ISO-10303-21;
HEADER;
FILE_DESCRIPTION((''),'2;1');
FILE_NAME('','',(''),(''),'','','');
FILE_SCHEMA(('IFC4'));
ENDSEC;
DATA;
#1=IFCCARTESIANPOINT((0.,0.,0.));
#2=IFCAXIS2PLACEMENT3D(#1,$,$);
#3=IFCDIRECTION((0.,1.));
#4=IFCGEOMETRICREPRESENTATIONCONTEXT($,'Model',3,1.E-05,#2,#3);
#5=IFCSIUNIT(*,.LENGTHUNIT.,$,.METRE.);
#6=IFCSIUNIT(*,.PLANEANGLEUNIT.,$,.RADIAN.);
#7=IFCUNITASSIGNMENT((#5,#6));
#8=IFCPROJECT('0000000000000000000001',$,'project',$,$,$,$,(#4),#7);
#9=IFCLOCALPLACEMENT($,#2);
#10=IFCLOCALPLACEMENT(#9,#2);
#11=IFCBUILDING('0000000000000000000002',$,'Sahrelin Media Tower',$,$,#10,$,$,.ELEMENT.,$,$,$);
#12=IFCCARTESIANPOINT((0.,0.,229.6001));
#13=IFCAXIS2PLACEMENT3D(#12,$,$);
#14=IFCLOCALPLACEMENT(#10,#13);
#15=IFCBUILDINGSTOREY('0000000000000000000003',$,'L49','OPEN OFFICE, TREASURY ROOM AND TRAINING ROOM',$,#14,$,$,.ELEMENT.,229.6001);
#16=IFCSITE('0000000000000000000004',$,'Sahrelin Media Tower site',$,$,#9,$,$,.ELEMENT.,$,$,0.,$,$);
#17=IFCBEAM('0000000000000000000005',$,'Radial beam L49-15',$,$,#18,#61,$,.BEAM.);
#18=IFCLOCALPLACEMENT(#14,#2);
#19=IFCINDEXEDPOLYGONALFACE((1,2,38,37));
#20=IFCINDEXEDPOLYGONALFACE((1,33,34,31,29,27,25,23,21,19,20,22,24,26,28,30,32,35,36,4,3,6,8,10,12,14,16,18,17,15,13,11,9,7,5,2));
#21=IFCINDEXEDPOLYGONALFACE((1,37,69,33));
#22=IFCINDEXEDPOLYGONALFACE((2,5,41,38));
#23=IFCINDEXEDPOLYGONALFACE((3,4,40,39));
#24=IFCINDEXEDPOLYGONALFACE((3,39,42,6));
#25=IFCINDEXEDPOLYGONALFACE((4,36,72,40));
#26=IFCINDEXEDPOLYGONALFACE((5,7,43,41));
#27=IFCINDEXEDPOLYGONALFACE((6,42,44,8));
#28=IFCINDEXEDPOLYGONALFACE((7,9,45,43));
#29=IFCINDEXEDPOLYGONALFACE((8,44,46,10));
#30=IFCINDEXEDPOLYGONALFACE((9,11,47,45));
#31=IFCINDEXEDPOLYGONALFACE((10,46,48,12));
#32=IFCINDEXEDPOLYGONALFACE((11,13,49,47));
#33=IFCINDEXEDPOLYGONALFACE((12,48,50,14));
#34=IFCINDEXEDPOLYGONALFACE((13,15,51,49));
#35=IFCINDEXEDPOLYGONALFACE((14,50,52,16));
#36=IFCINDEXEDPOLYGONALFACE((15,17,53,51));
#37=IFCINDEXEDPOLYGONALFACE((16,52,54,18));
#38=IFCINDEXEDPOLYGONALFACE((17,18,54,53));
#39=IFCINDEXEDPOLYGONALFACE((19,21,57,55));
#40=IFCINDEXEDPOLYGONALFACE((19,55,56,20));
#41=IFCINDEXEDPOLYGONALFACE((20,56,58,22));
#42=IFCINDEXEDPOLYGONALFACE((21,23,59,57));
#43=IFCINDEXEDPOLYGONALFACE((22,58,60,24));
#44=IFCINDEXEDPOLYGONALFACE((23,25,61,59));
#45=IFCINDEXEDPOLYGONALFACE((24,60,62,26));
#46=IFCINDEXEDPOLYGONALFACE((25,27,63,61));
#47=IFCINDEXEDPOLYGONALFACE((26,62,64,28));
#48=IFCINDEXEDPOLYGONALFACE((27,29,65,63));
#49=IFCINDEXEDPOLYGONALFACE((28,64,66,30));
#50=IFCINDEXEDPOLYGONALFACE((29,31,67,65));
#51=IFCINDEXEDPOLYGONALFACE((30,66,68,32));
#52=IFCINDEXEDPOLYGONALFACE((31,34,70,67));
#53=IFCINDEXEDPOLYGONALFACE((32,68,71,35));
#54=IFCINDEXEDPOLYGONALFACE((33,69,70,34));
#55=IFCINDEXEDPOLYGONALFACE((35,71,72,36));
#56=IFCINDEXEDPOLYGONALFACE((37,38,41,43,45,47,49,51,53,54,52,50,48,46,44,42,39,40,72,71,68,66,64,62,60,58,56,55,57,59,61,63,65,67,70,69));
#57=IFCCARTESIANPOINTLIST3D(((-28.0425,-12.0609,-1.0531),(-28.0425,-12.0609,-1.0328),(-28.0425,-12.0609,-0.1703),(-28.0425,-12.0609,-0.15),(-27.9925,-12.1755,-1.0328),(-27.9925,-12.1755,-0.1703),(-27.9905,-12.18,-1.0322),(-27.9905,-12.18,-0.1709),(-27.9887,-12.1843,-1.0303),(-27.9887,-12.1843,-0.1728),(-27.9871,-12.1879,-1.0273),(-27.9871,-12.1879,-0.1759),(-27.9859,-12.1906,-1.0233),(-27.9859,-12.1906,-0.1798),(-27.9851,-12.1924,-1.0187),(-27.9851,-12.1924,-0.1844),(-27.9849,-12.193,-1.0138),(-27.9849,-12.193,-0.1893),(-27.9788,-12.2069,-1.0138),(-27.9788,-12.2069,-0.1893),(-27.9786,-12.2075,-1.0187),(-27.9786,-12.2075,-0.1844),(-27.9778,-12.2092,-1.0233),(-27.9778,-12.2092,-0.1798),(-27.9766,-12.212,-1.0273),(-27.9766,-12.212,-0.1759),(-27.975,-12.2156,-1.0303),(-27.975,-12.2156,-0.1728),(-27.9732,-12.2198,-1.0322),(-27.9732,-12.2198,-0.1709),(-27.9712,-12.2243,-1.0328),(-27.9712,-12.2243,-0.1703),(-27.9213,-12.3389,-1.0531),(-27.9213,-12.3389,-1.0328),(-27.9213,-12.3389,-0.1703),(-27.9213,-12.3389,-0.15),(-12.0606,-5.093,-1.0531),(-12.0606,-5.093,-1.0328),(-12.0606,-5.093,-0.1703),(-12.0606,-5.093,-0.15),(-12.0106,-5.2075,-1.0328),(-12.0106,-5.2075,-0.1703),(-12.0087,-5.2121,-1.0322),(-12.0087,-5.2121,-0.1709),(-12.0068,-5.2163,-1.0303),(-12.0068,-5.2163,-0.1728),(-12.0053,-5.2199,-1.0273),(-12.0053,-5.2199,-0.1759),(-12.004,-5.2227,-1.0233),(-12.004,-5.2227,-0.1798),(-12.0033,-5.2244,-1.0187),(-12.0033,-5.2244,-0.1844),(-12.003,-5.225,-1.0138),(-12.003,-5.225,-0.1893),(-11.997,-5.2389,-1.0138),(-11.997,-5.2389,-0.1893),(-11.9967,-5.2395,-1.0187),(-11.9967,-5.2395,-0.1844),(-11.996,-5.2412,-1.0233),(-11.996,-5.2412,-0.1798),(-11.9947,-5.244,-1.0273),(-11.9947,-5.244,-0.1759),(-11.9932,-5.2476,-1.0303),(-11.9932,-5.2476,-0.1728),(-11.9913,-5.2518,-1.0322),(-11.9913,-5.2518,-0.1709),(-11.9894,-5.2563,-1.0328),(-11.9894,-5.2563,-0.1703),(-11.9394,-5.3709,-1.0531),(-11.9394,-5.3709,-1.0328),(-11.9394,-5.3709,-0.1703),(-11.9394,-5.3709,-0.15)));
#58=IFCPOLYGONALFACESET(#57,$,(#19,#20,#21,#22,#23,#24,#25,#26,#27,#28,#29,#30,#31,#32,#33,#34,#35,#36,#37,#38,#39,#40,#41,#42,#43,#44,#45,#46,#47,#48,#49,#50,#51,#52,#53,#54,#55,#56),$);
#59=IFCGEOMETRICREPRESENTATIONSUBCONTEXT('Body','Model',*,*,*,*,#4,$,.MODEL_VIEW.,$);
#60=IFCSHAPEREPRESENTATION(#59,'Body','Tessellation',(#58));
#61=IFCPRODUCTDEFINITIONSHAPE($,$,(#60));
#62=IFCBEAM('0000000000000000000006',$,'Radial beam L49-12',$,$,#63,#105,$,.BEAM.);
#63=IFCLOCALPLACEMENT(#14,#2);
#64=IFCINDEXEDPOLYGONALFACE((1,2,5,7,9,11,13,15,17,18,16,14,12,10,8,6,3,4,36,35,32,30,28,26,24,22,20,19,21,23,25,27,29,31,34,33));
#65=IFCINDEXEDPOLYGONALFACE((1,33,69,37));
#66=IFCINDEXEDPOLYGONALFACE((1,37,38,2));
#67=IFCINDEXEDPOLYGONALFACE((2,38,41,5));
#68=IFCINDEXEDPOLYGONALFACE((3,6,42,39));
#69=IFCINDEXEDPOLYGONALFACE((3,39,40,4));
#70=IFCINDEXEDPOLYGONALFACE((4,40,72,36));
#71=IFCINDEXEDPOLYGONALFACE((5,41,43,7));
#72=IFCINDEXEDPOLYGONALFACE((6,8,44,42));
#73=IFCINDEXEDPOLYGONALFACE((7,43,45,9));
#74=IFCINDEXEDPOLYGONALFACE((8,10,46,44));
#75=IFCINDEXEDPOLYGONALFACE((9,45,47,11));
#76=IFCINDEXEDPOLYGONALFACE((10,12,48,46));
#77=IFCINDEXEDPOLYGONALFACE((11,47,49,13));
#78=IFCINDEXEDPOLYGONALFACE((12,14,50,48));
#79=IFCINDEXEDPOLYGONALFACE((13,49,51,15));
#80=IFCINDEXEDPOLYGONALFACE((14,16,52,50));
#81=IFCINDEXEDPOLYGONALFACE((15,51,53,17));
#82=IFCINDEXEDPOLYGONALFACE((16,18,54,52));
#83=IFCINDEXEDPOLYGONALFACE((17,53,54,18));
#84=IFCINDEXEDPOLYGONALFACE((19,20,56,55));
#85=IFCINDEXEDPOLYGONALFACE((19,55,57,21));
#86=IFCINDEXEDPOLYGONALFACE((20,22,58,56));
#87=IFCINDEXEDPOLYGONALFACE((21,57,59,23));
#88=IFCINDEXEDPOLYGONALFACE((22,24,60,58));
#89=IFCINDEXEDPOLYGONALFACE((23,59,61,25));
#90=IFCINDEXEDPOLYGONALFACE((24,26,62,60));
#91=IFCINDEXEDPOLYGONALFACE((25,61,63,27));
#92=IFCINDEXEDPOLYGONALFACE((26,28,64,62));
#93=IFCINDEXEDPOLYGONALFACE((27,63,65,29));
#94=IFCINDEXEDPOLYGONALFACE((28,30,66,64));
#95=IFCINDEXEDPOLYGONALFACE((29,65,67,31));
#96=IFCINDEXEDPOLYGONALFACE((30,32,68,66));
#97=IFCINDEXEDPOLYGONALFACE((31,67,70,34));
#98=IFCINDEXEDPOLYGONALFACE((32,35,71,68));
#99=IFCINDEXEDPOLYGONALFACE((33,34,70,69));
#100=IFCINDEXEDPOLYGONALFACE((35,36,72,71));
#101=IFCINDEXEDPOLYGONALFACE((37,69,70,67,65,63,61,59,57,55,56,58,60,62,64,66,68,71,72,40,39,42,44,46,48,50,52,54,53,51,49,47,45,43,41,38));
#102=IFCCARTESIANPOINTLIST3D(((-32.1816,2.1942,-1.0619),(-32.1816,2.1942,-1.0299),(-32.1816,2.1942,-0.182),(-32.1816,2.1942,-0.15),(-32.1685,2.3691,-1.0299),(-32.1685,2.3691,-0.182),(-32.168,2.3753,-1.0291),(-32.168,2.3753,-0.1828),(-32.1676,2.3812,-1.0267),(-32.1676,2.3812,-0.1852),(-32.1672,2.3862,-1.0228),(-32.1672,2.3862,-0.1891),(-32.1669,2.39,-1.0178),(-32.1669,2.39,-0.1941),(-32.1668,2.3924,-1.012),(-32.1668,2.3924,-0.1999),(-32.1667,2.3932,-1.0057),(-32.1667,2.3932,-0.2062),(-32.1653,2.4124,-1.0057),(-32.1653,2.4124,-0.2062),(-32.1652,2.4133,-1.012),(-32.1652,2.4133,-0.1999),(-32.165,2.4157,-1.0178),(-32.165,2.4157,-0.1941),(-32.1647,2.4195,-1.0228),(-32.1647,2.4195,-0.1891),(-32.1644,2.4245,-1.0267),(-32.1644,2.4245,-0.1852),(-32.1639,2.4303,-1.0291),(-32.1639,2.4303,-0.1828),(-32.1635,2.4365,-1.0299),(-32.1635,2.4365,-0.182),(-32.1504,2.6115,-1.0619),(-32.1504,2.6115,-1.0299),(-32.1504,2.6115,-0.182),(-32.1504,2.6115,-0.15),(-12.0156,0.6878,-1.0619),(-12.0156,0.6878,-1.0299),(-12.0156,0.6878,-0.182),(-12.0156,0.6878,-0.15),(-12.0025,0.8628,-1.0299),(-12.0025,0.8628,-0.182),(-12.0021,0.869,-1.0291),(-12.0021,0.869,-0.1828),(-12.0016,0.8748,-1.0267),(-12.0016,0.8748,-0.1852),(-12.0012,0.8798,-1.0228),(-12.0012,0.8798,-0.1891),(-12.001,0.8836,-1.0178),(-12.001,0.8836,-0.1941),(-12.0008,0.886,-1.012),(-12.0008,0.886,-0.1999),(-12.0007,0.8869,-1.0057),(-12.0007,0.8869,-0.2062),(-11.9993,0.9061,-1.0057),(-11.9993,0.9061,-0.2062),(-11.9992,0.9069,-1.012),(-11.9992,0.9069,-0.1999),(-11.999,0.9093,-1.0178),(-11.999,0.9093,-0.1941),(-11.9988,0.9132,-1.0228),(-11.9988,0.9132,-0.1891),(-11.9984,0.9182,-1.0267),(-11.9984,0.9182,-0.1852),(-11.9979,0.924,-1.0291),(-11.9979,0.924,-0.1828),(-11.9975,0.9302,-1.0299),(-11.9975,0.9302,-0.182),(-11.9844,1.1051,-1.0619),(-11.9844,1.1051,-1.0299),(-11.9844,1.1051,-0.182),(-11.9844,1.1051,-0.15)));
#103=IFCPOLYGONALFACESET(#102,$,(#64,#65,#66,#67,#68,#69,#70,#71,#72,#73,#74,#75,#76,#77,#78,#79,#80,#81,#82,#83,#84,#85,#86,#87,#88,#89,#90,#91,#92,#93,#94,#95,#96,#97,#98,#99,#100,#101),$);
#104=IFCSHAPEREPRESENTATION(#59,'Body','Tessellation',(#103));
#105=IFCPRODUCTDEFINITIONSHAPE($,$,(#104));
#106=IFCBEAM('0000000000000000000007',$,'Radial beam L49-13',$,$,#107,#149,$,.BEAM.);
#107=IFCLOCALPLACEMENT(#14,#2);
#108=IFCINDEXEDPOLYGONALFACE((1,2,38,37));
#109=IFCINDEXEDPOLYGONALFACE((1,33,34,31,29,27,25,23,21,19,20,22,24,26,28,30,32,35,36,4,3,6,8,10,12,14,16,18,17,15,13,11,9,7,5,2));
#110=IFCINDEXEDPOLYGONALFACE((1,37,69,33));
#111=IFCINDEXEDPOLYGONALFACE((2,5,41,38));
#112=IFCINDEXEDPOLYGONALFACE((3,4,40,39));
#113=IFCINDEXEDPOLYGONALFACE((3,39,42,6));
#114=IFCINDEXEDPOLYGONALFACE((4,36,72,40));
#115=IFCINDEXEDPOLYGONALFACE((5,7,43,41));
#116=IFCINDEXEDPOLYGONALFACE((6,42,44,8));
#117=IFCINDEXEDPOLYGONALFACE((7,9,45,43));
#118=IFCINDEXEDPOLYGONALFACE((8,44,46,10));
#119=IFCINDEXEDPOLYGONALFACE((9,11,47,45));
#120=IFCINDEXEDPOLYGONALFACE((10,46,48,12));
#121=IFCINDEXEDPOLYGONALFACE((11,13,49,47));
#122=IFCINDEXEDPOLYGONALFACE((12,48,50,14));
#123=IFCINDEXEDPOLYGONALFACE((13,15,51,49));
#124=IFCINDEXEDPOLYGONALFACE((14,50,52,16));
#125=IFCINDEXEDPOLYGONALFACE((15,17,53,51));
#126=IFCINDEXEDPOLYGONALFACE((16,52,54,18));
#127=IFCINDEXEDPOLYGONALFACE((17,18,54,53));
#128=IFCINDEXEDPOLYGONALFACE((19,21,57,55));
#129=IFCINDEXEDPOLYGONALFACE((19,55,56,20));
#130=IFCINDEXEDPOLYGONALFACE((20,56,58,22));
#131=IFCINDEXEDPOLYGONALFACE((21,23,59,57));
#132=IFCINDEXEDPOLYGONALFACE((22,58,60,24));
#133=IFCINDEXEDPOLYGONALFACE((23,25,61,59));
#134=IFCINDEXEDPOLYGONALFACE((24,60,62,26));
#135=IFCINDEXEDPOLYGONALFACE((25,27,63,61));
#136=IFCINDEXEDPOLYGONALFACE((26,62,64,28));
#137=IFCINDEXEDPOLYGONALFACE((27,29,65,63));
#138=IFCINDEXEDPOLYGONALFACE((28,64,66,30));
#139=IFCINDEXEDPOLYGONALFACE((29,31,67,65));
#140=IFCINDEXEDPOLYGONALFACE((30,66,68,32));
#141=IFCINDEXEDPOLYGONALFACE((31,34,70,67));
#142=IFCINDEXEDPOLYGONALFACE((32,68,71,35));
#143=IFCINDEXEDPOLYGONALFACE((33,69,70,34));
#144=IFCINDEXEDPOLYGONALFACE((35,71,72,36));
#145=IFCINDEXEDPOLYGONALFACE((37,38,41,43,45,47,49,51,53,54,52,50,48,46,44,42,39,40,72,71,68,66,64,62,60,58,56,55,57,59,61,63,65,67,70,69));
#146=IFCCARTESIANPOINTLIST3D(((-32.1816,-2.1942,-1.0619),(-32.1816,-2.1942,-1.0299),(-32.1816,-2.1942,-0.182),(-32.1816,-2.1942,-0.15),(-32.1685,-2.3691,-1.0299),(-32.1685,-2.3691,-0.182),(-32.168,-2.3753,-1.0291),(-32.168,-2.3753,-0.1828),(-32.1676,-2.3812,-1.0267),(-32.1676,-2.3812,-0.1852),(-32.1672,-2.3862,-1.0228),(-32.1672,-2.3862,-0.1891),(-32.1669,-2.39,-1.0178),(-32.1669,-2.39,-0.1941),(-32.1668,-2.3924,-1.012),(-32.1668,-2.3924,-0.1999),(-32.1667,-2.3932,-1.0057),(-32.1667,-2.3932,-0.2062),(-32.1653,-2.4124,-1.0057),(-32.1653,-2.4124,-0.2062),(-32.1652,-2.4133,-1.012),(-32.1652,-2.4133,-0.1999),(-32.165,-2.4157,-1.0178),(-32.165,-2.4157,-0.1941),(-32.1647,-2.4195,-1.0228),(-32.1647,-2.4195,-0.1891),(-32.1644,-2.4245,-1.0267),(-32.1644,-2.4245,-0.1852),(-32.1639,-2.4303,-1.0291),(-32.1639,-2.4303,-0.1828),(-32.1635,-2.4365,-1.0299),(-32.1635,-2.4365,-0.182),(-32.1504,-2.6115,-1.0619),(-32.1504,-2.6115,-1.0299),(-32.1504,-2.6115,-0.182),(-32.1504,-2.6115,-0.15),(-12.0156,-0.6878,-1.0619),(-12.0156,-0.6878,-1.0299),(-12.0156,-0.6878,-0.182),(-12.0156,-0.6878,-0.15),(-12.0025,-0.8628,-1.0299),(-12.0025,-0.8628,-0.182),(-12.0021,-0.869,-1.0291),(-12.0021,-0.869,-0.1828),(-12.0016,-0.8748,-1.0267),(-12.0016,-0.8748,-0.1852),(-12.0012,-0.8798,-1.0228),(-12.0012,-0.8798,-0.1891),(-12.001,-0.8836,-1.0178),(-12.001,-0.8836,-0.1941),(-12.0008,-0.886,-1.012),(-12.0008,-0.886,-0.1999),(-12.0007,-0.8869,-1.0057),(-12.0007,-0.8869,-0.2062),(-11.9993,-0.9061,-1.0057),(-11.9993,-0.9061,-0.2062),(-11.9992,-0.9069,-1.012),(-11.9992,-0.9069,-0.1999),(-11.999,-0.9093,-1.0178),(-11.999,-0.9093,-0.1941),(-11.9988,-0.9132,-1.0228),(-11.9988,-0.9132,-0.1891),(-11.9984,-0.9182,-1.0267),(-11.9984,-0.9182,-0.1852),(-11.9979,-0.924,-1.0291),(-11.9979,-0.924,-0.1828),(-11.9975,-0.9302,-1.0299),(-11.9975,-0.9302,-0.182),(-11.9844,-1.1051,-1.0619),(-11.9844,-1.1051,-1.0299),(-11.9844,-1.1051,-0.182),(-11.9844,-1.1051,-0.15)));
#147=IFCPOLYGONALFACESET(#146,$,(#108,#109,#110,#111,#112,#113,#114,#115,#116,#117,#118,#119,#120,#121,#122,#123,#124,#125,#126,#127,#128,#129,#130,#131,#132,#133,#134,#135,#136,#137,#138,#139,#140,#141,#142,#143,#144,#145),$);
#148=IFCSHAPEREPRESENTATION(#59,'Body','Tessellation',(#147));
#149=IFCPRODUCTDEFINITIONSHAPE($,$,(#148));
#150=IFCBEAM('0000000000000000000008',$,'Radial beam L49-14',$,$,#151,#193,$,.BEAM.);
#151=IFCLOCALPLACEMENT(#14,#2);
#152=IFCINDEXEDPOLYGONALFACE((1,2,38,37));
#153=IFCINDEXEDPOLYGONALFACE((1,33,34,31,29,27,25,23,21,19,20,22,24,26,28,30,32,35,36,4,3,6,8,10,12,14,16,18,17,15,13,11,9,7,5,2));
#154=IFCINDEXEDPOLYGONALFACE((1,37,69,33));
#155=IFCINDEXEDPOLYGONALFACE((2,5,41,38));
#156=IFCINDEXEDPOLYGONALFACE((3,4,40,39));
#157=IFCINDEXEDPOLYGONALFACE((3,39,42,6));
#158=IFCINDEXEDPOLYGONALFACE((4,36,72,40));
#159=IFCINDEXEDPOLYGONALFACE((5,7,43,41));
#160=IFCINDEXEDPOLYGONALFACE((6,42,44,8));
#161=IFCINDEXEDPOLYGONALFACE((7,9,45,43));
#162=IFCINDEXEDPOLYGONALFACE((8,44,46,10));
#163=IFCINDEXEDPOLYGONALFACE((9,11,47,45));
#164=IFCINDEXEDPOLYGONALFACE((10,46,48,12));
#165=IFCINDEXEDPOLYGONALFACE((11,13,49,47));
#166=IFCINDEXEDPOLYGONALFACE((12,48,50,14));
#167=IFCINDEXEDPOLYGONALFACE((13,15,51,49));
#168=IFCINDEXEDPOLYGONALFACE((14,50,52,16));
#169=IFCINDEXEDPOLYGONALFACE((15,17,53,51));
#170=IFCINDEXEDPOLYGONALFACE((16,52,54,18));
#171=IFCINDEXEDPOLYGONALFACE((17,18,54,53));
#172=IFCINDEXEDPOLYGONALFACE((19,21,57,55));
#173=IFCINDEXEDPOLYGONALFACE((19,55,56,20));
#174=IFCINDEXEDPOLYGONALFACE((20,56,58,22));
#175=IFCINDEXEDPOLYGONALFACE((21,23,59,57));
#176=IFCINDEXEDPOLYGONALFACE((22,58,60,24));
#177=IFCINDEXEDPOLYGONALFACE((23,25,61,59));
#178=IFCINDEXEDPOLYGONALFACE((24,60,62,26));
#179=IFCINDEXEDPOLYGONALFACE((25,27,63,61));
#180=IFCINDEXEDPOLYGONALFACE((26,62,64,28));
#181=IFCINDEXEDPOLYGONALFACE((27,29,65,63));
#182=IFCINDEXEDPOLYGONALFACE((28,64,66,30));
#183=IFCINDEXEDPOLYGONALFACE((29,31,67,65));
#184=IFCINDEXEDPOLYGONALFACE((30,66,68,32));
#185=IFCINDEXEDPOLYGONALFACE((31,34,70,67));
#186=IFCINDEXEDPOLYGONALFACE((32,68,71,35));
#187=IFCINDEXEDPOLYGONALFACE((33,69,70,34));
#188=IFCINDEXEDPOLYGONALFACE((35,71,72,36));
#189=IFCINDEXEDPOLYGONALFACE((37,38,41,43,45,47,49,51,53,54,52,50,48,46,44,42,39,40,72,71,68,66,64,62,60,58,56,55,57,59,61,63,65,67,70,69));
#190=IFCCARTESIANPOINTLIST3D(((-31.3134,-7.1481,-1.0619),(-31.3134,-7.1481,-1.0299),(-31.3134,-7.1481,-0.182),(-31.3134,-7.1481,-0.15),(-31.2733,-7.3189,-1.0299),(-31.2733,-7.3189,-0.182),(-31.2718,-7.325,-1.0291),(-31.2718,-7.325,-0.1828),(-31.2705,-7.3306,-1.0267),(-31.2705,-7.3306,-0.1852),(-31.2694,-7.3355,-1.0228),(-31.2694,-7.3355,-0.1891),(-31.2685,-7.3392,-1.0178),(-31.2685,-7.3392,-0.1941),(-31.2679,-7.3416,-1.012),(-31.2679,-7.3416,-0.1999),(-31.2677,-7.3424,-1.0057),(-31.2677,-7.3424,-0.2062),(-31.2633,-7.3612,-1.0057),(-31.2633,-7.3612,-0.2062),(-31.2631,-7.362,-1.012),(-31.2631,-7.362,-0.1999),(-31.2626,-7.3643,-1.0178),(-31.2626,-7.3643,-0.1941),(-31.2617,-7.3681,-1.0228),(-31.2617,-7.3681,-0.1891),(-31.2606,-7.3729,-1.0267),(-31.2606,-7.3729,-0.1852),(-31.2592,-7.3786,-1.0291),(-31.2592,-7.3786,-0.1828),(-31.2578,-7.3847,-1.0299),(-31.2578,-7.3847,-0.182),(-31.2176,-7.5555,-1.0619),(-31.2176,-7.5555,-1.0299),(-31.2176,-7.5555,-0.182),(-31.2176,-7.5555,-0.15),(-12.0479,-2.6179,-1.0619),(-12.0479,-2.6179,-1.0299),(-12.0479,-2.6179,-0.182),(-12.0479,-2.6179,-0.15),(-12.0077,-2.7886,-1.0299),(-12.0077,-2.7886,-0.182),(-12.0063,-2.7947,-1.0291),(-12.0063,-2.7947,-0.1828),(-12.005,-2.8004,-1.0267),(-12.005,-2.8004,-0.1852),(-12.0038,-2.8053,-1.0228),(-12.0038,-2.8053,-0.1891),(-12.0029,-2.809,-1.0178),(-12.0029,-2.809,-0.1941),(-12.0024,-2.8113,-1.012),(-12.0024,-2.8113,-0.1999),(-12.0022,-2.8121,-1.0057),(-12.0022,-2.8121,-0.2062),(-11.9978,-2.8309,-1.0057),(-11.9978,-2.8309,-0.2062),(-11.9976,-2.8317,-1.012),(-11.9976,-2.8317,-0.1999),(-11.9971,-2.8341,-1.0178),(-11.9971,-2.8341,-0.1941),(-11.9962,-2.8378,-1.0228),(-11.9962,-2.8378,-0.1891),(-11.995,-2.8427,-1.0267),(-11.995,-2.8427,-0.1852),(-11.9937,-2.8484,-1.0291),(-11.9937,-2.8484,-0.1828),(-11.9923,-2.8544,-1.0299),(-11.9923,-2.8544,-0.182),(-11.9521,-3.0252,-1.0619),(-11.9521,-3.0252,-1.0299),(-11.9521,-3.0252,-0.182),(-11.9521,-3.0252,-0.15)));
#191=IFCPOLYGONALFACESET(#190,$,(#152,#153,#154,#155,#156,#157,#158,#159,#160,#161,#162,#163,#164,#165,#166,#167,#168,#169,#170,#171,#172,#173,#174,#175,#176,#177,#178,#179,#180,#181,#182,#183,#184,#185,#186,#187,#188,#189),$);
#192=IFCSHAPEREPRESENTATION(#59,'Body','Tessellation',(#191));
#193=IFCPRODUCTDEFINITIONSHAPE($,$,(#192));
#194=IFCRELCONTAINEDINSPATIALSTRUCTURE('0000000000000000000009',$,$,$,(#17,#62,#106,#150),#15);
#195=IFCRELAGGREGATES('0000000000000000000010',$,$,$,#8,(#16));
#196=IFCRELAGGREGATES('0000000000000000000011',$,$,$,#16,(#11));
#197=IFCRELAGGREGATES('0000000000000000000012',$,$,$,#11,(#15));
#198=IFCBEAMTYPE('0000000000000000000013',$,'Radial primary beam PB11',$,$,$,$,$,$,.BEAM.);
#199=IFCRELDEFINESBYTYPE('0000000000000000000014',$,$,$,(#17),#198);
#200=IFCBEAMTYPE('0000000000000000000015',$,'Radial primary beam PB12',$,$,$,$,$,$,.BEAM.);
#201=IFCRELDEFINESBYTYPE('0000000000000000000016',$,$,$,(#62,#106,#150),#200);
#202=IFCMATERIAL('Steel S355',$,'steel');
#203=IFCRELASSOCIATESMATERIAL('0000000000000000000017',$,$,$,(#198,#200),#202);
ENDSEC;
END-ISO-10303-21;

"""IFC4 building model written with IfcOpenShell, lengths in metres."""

from ifc_helpers import new_model, si_unit, direction, frame, origin, origin_2d, place, context, subcontext, project, spatial, i_section, extrude, material, material_profile, profile_set, type_object, element, save


model = new_model("IFC4")

# Units and contexts
model_context = context("Model", 3, precision=1e-05, world=origin(), true_north=direction((0.0, 1.0)))
body_context = subcontext(model_context, "Body", "Model", "MODEL_VIEW")
ifc_project = project(units=[si_unit("LENGTHUNIT", "METRE"), si_unit("PLANEANGLEUNIT", "RADIAN")], contexts=[model_context])

# Site, building, storey
site_placement = place(None, origin())
site = spatial("IfcSite", under=ifc_project, at=site_placement, Name="Sahrelin Media Tower site", CompositionType="ELEMENT", RefElevation=0.0)
building_placement = place(site_placement, origin())
building = spatial("IfcBuilding", under=site, at=building_placement, Name="Sahrelin Media Tower", CompositionType="ELEMENT")
storey_placement = place(building_placement, frame((0.0, 0.0, 229.6001)))
storey = spatial("IfcBuildingStorey", under=building, at=storey_placement, Name="L49", Description="OPEN OFFICE, TREASURY ROOM AND TRAINING ROOM", CompositionType="ELEMENT", Elevation=229.6001)

# Beams
ifc_material_1 = material(Name="Steel S355", Category="steel")
ifc_material_profile_1 = material_profile(ifc_material_1, i_section(OverallWidth=0.3032, OverallDepth=0.9031, WebThickness=0.0151, FlangeThickness=0.0203, FilletRadius=0.019, at=origin_2d()), Name="UB 914x305x201")
ifc_profile_set_1 = profile_set([ifc_material_profile_1], Name="Steel S355")
beam_type_1 = type_object("IfcBeamType", Name="Radial primary beam PB11", PredefinedType="BEAM", material=ifc_profile_set_1)
beam_1_placement = place(storey_placement, frame((-12.0, -5.2319, -0.6016), z_axis=(-0.916664, -0.399659, 0.0), x_axis=(0.399659, -0.916664, 0.0)))
element("IfcBeam", 1, at=beam_1_placement, inside=storey, type_object=beam_type_1, Name="Radial beam L49-15", PredefinedType="BEAM", context=body_context, shape_type="SweptSolid", body=[
    extrude(i_section(OverallWidth=0.3032, OverallDepth=0.9031, WebThickness=0.0151, FlangeThickness=0.0203, FilletRadius=0.019, at=origin_2d()), origin(), (0.0, 0.0, 1.0), 17.4348),
])
ifc_material_profile_2 = material_profile(ifc_material_1, i_section(OverallWidth=0.4185, OverallDepth=0.9119, WebThickness=0.0193, FlangeThickness=0.032, FilletRadius=0.0242, at=origin_2d()), Name="UB 914x419x343")
ifc_profile_set_2 = profile_set([ifc_material_profile_2], Name="Steel S355")
beam_type_2 = type_object("IfcBeamType", Name="Radial primary beam PB12", PredefinedType="BEAM", material=ifc_profile_set_2)
for number, where, z_axis, x_axis, name in (
    (2, (-12.0, 0.8965, -0.606), (-0.997222, 0.07449, 0.0), (-0.07449, -0.997222, 0.0), "Radial beam L49-12"),
    (3, (-12.0, -0.8965, -0.606), (-0.997222, -0.07449, 0.0), (0.07449, -0.997222, 0.0), "Radial beam L49-13"),
):
    element("IfcBeam", number, at=place(storey_placement, frame(where, z_axis=z_axis, x_axis=x_axis)), inside=storey, type_object=beam_type_2, Name=name, PredefinedType="BEAM", context=body_context, shape_type="SweptSolid", body=[
        extrude(i_section(OverallWidth=0.4185, OverallDepth=0.9119, WebThickness=0.0193, FlangeThickness=0.032, FilletRadius=0.0242, at=origin_2d()), origin(), (0.0, 0.0, 1.0), 20.2222),
    ])
beam_2_placement = place(storey_placement, frame((-12.0, -2.8215, -0.606), z_axis=(-0.973449, -0.228905, 0.0), x_axis=(0.228905, -0.973449, 0.0)))
element("IfcBeam", 4, at=beam_2_placement, inside=storey, type_object=beam_type_2, Name="Radial beam L49-14", PredefinedType="BEAM", context=body_context, shape_type="SweptSolid", body=[
    extrude(i_section(OverallWidth=0.4185, OverallDepth=0.9119, WebThickness=0.0193, FlangeThickness=0.032, FilletRadius=0.0242, at=origin_2d()), origin(), (0.0, 0.0, 1.0), 19.791),
])

save(model, "model.ifc")
